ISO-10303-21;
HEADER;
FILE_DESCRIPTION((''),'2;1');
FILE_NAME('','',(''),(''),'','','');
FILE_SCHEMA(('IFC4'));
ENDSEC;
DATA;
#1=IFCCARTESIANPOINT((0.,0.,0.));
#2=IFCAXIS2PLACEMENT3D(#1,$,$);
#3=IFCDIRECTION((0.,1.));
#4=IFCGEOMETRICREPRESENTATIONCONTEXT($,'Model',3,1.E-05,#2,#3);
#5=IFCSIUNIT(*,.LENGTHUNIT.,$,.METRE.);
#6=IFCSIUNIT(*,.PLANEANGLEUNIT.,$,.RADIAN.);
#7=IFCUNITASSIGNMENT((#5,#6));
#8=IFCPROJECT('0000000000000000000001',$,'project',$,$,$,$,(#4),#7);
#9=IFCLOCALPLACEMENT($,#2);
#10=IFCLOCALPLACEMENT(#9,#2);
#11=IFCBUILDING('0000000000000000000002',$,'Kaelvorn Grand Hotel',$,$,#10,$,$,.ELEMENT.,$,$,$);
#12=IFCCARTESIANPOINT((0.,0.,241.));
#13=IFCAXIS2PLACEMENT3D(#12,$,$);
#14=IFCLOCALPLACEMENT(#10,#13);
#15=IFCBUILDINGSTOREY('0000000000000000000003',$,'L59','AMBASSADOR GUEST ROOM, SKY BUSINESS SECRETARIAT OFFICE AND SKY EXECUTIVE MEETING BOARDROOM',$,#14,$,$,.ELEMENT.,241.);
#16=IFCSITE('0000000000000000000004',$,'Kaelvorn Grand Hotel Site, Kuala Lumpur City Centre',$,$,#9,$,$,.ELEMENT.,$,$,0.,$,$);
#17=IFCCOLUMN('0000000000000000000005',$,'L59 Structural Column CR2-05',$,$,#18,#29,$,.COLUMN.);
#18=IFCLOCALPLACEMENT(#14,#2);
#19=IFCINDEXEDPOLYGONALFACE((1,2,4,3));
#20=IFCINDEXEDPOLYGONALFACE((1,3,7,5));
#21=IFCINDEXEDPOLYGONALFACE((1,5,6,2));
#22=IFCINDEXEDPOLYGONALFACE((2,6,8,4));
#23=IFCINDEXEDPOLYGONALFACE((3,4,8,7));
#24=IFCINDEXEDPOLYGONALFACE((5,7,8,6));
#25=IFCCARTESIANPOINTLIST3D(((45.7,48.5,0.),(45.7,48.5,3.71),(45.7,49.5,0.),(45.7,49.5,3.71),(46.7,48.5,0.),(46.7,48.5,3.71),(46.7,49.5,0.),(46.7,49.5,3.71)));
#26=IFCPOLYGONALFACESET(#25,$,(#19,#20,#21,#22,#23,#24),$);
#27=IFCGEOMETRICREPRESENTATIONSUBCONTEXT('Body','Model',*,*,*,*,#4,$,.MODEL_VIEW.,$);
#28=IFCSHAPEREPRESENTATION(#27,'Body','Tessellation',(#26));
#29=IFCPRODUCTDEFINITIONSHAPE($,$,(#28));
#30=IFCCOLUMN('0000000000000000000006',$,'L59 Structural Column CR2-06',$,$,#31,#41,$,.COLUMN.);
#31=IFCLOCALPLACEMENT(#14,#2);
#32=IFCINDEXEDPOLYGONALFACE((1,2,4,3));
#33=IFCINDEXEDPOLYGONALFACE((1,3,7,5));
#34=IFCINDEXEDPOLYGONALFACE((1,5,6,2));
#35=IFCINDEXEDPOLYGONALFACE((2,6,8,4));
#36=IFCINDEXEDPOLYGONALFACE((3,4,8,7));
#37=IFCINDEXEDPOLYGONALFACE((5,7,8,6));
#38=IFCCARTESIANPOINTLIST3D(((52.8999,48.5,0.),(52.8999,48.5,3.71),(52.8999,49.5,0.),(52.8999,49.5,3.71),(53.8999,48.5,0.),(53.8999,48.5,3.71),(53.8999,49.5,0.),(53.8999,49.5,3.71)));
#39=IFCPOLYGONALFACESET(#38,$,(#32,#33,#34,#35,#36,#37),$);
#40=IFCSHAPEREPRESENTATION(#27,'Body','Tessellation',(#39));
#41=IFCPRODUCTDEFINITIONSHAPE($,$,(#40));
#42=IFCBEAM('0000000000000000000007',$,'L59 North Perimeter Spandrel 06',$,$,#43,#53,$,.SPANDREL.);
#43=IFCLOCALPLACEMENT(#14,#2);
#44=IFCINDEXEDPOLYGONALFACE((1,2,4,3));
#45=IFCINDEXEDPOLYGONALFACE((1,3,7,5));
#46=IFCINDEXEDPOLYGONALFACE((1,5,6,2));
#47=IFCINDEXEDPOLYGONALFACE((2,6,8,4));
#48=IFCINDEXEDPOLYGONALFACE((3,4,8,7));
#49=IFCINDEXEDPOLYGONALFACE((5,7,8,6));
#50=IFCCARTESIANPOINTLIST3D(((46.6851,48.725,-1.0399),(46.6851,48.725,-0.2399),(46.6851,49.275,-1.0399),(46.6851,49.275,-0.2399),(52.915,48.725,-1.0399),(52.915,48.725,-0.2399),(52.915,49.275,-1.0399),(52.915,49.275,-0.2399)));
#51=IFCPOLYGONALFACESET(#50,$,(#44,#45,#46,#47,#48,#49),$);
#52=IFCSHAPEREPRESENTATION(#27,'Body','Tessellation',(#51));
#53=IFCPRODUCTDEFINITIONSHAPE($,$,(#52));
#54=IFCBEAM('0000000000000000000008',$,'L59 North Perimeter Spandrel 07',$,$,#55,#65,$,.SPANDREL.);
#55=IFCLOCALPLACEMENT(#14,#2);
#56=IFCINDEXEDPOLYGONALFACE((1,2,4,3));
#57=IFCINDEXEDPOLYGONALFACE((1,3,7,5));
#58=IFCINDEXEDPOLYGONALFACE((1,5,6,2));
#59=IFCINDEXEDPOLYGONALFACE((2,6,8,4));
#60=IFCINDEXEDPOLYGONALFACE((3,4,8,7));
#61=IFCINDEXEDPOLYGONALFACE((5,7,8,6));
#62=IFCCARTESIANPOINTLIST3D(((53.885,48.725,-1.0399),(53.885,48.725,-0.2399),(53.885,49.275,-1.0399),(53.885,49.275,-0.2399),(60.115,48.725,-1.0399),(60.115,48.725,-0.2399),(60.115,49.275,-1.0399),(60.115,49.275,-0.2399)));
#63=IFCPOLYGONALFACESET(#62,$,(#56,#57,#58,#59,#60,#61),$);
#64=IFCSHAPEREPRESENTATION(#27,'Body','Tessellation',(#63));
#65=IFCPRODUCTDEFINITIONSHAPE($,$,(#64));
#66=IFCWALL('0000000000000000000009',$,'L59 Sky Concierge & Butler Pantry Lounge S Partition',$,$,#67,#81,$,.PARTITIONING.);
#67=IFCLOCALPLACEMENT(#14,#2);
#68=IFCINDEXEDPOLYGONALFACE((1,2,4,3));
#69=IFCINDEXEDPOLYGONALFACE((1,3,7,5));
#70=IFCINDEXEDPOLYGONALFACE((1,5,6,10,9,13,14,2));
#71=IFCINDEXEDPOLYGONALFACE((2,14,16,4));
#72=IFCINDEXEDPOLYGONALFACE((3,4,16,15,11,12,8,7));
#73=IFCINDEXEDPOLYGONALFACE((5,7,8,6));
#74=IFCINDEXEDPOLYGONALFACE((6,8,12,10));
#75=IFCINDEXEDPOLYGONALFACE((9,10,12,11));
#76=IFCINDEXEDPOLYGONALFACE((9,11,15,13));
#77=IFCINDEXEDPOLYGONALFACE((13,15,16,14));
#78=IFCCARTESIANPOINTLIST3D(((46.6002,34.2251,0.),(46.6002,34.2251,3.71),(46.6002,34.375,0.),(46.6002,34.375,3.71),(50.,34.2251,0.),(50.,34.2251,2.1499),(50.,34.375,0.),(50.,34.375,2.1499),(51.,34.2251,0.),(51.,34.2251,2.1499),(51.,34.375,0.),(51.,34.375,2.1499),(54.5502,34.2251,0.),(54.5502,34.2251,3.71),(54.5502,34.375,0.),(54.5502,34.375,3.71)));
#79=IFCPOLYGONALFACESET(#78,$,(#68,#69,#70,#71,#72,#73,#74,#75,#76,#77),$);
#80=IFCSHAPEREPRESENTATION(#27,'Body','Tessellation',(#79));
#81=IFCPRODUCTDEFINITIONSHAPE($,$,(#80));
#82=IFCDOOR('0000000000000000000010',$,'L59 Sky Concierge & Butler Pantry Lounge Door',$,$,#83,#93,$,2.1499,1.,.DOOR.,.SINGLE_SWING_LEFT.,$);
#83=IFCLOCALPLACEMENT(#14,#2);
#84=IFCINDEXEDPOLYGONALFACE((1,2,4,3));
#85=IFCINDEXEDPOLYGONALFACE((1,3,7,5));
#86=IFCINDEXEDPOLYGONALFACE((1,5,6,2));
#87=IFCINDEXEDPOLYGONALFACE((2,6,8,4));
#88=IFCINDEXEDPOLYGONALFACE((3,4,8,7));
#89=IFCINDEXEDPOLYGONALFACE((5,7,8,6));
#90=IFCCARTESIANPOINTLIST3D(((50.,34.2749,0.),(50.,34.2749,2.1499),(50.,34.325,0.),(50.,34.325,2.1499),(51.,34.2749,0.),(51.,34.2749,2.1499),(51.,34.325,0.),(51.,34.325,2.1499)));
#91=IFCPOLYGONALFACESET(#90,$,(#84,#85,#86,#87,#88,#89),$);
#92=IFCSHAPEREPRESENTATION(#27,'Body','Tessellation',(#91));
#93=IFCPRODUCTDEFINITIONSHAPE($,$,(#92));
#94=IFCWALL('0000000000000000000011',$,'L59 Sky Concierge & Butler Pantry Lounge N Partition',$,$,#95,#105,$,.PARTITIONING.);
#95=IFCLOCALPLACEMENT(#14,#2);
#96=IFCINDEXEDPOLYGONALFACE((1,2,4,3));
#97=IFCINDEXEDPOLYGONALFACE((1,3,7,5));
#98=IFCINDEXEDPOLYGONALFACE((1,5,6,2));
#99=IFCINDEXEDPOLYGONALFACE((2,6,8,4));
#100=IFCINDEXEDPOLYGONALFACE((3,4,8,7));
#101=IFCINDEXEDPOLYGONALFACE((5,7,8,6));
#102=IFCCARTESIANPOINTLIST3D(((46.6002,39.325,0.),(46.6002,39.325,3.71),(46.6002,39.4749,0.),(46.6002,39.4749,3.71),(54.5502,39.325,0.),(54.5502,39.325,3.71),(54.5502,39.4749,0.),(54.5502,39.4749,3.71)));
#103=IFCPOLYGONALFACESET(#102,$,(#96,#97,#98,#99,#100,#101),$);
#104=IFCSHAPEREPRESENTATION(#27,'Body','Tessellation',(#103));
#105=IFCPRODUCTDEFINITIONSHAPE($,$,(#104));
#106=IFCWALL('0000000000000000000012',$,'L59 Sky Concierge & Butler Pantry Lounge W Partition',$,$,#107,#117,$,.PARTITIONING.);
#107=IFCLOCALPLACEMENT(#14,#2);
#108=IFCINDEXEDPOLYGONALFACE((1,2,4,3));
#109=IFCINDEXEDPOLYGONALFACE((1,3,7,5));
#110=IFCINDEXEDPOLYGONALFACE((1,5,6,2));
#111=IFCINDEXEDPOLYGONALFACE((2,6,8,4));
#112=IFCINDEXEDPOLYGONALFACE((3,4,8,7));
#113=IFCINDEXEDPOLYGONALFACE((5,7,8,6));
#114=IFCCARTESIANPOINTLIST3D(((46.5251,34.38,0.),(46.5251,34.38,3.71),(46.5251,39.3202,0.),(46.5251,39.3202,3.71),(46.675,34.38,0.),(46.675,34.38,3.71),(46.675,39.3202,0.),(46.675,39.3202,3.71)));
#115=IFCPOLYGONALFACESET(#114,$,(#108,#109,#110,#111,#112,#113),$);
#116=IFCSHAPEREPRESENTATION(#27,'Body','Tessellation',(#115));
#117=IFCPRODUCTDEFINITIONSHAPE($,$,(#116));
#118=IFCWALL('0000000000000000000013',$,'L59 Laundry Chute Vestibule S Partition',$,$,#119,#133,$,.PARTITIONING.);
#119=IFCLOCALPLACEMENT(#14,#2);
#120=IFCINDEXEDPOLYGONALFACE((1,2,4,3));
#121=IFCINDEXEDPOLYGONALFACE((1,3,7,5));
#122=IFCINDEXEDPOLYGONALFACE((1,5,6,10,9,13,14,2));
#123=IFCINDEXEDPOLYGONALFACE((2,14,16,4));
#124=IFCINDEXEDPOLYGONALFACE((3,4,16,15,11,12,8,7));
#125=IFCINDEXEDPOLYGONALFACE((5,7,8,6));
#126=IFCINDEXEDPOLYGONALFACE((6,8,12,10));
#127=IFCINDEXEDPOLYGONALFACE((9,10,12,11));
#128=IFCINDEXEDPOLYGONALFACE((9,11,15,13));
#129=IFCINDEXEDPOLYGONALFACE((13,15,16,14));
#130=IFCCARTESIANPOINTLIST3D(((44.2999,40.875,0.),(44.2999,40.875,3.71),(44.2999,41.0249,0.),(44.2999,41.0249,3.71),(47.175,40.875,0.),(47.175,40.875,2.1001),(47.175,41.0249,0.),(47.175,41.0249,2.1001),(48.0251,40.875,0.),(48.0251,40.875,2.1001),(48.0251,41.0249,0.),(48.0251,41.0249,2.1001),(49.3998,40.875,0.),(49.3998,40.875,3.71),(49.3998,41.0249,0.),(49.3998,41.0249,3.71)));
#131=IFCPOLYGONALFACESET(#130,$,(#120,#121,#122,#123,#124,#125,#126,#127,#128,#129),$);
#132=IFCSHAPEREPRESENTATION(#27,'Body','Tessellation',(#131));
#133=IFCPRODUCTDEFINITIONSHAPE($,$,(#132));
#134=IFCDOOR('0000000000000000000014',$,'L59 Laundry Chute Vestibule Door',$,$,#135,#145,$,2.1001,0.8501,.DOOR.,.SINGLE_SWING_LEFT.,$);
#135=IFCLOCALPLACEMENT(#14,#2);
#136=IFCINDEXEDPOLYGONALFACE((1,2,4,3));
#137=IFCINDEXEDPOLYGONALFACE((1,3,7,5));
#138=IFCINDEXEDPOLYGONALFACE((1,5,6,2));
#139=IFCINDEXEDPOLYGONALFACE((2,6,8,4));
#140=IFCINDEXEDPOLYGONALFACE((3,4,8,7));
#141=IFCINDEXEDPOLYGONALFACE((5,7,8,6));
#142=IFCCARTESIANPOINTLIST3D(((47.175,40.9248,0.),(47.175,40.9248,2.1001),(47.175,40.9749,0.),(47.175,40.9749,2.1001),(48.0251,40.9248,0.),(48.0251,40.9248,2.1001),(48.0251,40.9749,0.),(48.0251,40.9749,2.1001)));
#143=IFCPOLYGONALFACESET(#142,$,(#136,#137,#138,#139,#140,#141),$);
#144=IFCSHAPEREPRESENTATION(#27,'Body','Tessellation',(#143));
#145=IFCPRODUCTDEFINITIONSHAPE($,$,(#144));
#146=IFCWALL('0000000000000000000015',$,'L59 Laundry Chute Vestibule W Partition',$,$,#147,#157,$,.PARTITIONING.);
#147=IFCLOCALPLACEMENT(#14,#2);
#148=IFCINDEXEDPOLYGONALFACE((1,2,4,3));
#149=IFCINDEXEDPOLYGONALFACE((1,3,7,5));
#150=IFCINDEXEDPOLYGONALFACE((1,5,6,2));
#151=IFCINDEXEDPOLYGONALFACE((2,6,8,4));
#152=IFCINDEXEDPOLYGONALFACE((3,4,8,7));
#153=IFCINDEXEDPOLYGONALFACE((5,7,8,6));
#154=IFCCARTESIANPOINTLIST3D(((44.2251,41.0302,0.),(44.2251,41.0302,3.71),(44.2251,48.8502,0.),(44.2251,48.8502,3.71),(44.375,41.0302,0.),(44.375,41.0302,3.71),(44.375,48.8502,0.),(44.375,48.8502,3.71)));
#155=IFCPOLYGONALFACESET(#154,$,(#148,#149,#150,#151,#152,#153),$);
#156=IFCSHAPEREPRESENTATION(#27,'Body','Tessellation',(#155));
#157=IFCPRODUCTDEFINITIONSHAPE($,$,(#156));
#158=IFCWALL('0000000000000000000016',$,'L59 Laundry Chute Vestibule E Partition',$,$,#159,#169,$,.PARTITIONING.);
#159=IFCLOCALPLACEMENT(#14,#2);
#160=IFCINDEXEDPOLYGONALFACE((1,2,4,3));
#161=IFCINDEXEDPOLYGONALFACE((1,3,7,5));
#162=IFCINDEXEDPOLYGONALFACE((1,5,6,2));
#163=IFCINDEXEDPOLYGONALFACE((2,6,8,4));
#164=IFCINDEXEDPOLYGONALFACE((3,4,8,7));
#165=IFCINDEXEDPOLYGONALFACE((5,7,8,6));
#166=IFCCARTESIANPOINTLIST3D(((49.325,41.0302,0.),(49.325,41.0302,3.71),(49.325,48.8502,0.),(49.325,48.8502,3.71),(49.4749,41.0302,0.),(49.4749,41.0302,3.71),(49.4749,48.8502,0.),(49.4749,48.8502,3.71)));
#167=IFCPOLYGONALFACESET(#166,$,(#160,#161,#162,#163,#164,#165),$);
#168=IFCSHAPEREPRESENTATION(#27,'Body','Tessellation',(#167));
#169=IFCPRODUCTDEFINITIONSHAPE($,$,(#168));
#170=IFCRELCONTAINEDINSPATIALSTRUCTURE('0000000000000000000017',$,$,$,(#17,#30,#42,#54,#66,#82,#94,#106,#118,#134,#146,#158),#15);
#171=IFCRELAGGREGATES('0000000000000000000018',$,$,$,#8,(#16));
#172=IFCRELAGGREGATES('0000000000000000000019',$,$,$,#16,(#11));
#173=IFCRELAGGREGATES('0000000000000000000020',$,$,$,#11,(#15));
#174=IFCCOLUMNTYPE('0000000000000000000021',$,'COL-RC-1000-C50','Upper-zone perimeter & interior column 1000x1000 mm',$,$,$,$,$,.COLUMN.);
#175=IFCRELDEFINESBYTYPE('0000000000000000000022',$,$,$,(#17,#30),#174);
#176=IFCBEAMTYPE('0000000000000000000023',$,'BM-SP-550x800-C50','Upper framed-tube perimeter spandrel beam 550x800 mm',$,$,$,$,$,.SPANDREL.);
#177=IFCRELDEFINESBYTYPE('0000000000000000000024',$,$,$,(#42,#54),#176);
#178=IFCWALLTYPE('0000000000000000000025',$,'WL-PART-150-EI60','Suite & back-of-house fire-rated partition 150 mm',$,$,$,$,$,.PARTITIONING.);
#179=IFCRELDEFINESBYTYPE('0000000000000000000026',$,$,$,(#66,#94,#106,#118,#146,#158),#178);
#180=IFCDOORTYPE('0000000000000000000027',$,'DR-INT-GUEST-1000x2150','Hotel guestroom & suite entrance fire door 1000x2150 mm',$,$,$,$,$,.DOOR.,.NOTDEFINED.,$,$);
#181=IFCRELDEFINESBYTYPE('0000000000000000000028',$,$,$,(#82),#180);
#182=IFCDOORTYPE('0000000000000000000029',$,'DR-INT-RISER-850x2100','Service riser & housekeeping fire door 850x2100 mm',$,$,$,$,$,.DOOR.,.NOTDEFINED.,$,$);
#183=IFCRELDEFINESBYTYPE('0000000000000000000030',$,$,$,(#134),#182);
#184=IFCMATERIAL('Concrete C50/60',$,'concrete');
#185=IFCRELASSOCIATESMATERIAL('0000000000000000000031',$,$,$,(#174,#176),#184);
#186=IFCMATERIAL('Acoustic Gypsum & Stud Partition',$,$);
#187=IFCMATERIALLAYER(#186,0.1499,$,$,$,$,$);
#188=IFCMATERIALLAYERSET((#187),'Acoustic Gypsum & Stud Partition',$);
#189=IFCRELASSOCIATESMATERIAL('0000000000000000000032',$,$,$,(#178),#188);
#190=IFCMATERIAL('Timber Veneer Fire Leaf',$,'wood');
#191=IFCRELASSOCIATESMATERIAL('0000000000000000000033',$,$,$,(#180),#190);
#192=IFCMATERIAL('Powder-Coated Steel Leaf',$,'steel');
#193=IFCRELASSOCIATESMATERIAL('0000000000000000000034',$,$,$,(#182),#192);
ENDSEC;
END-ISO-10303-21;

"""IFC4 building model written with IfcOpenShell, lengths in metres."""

from ifc_helpers import new_model, si_unit, direction, frame, frame_2d, origin, origin_2d, place, context, subcontext, project, spatial, rectangle, extrude, material, layer, layer_set, material_profile, profile_set, type_object, element, fill, save


model = new_model("IFC4")

# Units and contexts
model_context = context("Model", 3, precision=1e-05, world=origin(), true_north=direction((0.0, 1.0)))
body_context = subcontext(model_context, "Body", "Model", "MODEL_VIEW")
ifc_project = project(units=[si_unit("LENGTHUNIT", "METRE"), si_unit("PLANEANGLEUNIT", "RADIAN")], contexts=[model_context])

# Site, building, storey
site_placement = place(None, origin())
site = spatial("IfcSite", under=ifc_project, at=site_placement, Name="Kaelvorn Grand Hotel Site, Kuala Lumpur City Centre", CompositionType="ELEMENT", RefElevation=0.0)
building_placement = place(site_placement, origin())
building = spatial("IfcBuilding", under=site, at=building_placement, Name="Kaelvorn Grand Hotel", CompositionType="ELEMENT")
storey_placement = place(building_placement, frame((0.0, 0.0, 241.0)))
storey = spatial("IfcBuildingStorey", under=building, at=storey_placement, Name="L59", Description="AMBASSADOR GUEST ROOM, SKY BUSINESS SECRETARIAT OFFICE AND SKY EXECUTIVE MEETING BOARDROOM", CompositionType="ELEMENT", Elevation=241.0)

# Columns
ifc_material_1 = material(Name="Concrete C50/60", Category="concrete")
ifc_material_profile_1 = material_profile(ifc_material_1, rectangle(XDim=1.0, YDim=1.0, at=origin_2d()), Name="RC COL 1000x1000")
ifc_profile_set_1 = profile_set([ifc_material_profile_1], Name="Concrete C50/60")
column_type = type_object("IfcColumnType", Name="COL-RC-1000-C50", Description="Upper-zone perimeter & interior column 1000x1000 mm", PredefinedType="COLUMN", material=ifc_profile_set_1)
for number, where, z_axis, x_axis, name in (
    (1, (46.2, 49.0, 0.0), (0.0, 0.0, 1.0), (1.0, 0.0, 0.0), "L59 Structural Column CR2-05"),
    (2, (53.3999, 49.0, 0.0), (0.0, 0.0, 1.0), (1.0, 0.0, 0.0), "L59 Structural Column CR2-06"),
):
    element("IfcColumn", number, at=place(storey_placement, frame(where, z_axis=z_axis, x_axis=x_axis)), inside=storey, type_object=column_type, Name=name, PredefinedType="COLUMN", context=body_context, shape_type="SweptSolid", body=[
        extrude(rectangle(XDim=1.0, YDim=1.0, at=origin_2d()), origin(), (0.0, 0.0, 1.0), 3.71),
    ])

# Beams
ifc_material_profile_2 = material_profile(ifc_material_1, rectangle(XDim=0.55, YDim=0.8, at=origin_2d()), Name="RC SPANDREL 550x800")
ifc_profile_set_2 = profile_set([ifc_material_profile_2], Name="Concrete C50/60")
beam_type = type_object("IfcBeamType", Name="BM-SP-550x800-C50", Description="Upper framed-tube perimeter spandrel beam 550x800 mm", PredefinedType="SPANDREL", material=ifc_profile_set_2)
for number, where, z_axis, x_axis, name in (
    (3, (46.6851, 49.0, -0.6399), (1.0, 0.0, 0.0), (0.0, 1.0, 0.0), "L59 North Perimeter Spandrel 06"),
    (4, (53.885, 49.0, -0.6399), (1.0, 0.0, 0.0), (0.0, 1.0, 0.0), "L59 North Perimeter Spandrel 07"),
):
    element("IfcBeam", number, at=place(storey_placement, frame(where, z_axis=z_axis, x_axis=x_axis)), inside=storey, type_object=beam_type, Name=name, PredefinedType="SPANDREL", context=body_context, shape_type="SweptSolid", body=[
        extrude(rectangle(XDim=0.55, YDim=0.8, at=origin_2d()), origin(), (0.0, 0.0, 1.0), 6.23),
    ])

# Wall, opening, door
ifc_material_2 = material(Name="Acoustic Gypsum & Stud Partition")
ifc_layer_1 = layer(ifc_material_2, 0.1499)
ifc_layer_set_1 = layer_set([ifc_layer_1], Name="Acoustic Gypsum & Stud Partition")
wall_type_1 = type_object("IfcWallType", Name="WL-PART-150-EI60", Description="Suite & back-of-house fire-rated partition 150 mm", PredefinedType="PARTITIONING", material=ifc_layer_set_1)
wall_1_placement = place(storey_placement, frame((46.6001, 34.3, 0.0), z_axis=(0.0, 0.0, 1.0), x_axis=(1.0, 0.0, 0.0)))
wall_1 = element("IfcWall", 5, at=wall_1_placement, inside=storey, type_object=wall_type_1, Name="L59 Sky Concierge & Butler Pantry Lounge S Partition", PredefinedType="PARTITIONING", context=body_context, shape_type="SweptSolid", body=[
    extrude(rectangle(XDim=7.95, YDim=0.1499, at=frame_2d((3.9751, 0.0))), origin(), (0.0, 0.0, 1.0), 3.71),
])
opening_1_placement = place(wall_1_placement, frame((3.3999, 0.0, 0.0)))
opening_1 = element("IfcOpeningElement", 6, at=opening_1_placement, cuts=wall_1, PredefinedType="OPENING", context=body_context, shape_type="SweptSolid", body=[
    extrude(rectangle(XDim=1.0, YDim=2.1499, at=frame_2d((0.5, 1.075))), frame((0.0, 0.085, 0.0), z_axis=(0.0, -1.0, 0.0), x_axis=(1.0, 0.0, 0.0)), (0.0, 0.0, 1.0), 0.1699),
])
ifc_material_3 = material(Name="Timber Veneer Fire Leaf", Category="wood")
door_type_1 = type_object("IfcDoorType", Name="DR-INT-GUEST-1000x2150", Description="Hotel guestroom & suite entrance fire door 1000x2150 mm", OperationType="NOTDEFINED", PredefinedType="DOOR", material=ifc_material_3)
door_1_placement = place(opening_1_placement, origin())
door_1 = element("IfcDoor", 7, at=door_1_placement, inside=storey, type_object=door_type_1, Name="L59 Sky Concierge & Butler Pantry Lounge Door", OperationType="SINGLE_SWING_LEFT", OverallHeight=2.1499, OverallWidth=1.0, PredefinedType="DOOR", context=body_context, shape_type="SweptSolid", body=[
    extrude(rectangle(XDim=1.0, YDim=2.1499, at=frame_2d((0.5, 1.075))), frame((0.0, 0.0249, 0.0), z_axis=(0.0, -1.0, 0.0), x_axis=(1.0, 0.0, 0.0)), (0.0, 0.0, 1.0), 0.05),
])
fill(opening_1, door_1)

# Walls
wall_2_placement = place(storey_placement, frame((46.6001, 39.3999, 0.0), z_axis=(0.0, 0.0, 1.0), x_axis=(1.0, 0.0, 0.0)))
element("IfcWall", 8, at=wall_2_placement, inside=storey, type_object=wall_type_1, Name="L59 Sky Concierge & Butler Pantry Lounge N Partition", PredefinedType="PARTITIONING", context=body_context, shape_type="SweptSolid", body=[
    extrude(rectangle(XDim=7.95, YDim=0.1499, at=frame_2d((3.9751, 0.0))), origin(), (0.0, 0.0, 1.0), 3.71),
])
wall_3_placement = place(storey_placement, frame((46.6001, 34.3799, 0.0), z_axis=(0.0, 0.0, 1.0), x_axis=(0.0, 1.0, 0.0)))
element("IfcWall", 9, at=wall_3_placement, inside=storey, type_object=wall_type_1, Name="L59 Sky Concierge & Butler Pantry Lounge W Partition", PredefinedType="PARTITIONING", context=body_context, shape_type="SweptSolid", body=[
    extrude(rectangle(XDim=4.9402, YDim=0.1499, at=frame_2d((2.4702, 0.0))), origin(), (0.0, 0.0, 1.0), 3.71),
])

# Wall, opening, door
wall_4_placement = place(storey_placement, frame((44.3, 40.95, 0.0), z_axis=(0.0, 0.0, 1.0), x_axis=(1.0, 0.0, 0.0)))
wall_4 = element("IfcWall", 10, at=wall_4_placement, inside=storey, type_object=wall_type_1, Name="L59 Laundry Chute Vestibule S Partition", PredefinedType="PARTITIONING", context=body_context, shape_type="SweptSolid", body=[
    extrude(rectangle(XDim=5.0999, YDim=0.1499, at=frame_2d((2.5498, 0.0))), origin(), (0.0, 0.0, 1.0), 3.71),
])
opening_2_placement = place(wall_4_placement, frame((2.875, 0.0, 0.0)))
opening_2 = element("IfcOpeningElement", 11, at=opening_2_placement, cuts=wall_4, PredefinedType="OPENING", context=body_context, shape_type="SweptSolid", body=[
    extrude(rectangle(XDim=0.8501, YDim=2.1001, at=frame_2d((0.425, 1.05))), frame((0.0, 0.085, 0.0), z_axis=(0.0, -1.0, 0.0), x_axis=(1.0, 0.0, 0.0)), (0.0, 0.0, 1.0), 0.1699),
])
ifc_material_4 = material(Name="Powder-Coated Steel Leaf", Category="steel")
door_type_2 = type_object("IfcDoorType", Name="DR-INT-RISER-850x2100", Description="Service riser & housekeeping fire door 850x2100 mm", OperationType="NOTDEFINED", PredefinedType="DOOR", material=ifc_material_4)
door_2_placement = place(opening_2_placement, origin())
door_2 = element("IfcDoor", 12, at=door_2_placement, inside=storey, type_object=door_type_2, Name="L59 Laundry Chute Vestibule Door", OperationType="SINGLE_SWING_LEFT", OverallHeight=2.1001, OverallWidth=0.8501, PredefinedType="DOOR", context=body_context, shape_type="SweptSolid", body=[
    extrude(rectangle(XDim=0.8501, YDim=2.1001, at=frame_2d((0.425, 1.05))), frame((0.0, 0.0249, 0.0), z_axis=(0.0, -1.0, 0.0), x_axis=(1.0, 0.0, 0.0)), (0.0, 0.0, 1.0), 0.05),
])
fill(opening_2, door_2)

# Walls
for number, where, z_axis, x_axis, name in (
    (13, (44.3, 41.03, 0.0), (0.0, 0.0, 1.0), (0.0, 1.0, 0.0), "L59 Laundry Chute Vestibule W Partition"),
    (14, (49.3999, 41.03, 0.0), (0.0, 0.0, 1.0), (0.0, 1.0, 0.0), "L59 Laundry Chute Vestibule E Partition"),
):
    element("IfcWall", number, at=place(storey_placement, frame(where, z_axis=z_axis, x_axis=x_axis)), inside=storey, type_object=wall_type_1, Name=name, PredefinedType="PARTITIONING", context=body_context, shape_type="SweptSolid", body=[
        extrude(rectangle(XDim=7.8201, YDim=0.1499, at=frame_2d((3.9102, 0.0))), origin(), (0.0, 0.0, 1.0), 3.71),
    ])

save(model, "model.ifc")
